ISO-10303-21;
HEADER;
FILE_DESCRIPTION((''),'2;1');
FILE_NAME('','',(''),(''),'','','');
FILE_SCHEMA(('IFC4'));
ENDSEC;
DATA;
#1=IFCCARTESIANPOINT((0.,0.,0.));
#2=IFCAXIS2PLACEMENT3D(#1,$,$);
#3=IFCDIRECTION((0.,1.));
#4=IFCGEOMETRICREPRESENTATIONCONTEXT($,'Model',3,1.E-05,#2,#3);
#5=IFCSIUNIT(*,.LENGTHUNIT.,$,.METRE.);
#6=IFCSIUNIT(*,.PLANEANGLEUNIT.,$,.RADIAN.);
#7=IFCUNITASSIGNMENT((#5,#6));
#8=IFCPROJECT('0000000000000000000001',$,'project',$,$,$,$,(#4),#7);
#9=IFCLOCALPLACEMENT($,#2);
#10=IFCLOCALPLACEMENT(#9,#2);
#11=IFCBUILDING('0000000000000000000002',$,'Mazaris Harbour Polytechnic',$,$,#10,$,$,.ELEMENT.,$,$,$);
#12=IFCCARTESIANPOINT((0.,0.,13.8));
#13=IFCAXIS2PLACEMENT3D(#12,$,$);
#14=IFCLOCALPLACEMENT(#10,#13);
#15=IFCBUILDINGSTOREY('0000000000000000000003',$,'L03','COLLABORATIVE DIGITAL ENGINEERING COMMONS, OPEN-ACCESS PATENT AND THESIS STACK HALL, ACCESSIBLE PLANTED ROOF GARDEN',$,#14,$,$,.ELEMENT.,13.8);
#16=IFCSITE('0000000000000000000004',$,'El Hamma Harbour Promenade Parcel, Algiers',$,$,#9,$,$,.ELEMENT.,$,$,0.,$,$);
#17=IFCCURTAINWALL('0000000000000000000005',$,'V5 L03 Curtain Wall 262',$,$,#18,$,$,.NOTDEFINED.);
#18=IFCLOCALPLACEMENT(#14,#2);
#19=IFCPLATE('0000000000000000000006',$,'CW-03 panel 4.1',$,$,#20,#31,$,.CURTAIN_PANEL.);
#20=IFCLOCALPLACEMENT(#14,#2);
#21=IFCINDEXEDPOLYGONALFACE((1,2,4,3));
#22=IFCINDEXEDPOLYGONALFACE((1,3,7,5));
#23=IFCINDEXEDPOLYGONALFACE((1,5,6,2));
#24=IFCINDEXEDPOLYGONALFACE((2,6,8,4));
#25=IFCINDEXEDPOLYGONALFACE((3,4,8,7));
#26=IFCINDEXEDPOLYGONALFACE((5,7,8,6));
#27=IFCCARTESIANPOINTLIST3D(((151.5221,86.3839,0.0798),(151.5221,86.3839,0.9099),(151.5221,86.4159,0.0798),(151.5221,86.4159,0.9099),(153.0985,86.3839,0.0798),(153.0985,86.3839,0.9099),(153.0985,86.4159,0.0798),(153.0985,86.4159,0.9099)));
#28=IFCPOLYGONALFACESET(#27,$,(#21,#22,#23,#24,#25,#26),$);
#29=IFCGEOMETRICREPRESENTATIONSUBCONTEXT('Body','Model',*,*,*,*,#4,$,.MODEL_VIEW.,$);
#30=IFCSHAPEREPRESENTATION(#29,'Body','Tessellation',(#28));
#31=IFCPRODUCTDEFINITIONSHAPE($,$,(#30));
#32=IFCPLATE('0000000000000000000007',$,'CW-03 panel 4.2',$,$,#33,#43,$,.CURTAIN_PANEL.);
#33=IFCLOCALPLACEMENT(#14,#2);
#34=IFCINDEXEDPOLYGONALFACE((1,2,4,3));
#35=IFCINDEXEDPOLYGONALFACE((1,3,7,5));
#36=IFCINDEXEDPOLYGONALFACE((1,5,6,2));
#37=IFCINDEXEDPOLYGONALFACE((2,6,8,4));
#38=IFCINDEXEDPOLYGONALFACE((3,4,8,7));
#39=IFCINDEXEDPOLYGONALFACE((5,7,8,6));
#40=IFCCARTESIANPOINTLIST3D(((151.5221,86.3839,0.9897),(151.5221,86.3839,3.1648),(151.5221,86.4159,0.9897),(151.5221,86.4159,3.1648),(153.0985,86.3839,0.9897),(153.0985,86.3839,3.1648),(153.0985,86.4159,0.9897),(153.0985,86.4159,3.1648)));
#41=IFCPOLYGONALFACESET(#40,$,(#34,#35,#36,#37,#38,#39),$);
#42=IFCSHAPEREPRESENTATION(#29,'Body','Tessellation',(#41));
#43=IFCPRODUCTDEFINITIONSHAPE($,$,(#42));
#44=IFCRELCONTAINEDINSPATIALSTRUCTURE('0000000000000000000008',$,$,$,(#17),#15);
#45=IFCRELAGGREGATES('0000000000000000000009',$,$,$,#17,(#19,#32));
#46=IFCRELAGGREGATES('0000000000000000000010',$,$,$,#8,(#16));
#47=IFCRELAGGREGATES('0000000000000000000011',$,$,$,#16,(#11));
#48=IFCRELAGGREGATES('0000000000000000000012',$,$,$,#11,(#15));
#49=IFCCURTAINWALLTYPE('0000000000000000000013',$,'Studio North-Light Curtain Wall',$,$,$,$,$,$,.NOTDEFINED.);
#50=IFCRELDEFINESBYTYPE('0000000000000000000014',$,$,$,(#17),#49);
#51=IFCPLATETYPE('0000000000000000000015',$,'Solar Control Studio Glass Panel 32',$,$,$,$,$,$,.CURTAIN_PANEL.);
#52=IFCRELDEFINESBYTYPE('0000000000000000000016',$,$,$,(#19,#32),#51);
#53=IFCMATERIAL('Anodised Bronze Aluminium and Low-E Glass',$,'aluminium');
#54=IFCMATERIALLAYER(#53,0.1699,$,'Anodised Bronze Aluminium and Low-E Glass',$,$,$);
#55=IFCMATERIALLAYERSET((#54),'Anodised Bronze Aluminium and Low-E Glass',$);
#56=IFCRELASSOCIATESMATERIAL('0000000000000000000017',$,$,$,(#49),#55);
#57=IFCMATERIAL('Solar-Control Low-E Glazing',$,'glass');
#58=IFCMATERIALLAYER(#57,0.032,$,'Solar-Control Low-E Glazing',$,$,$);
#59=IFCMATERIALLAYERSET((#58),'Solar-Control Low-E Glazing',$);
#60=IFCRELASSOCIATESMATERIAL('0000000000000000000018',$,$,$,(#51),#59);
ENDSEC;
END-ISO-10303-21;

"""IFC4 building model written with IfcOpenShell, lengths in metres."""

from ifc_helpers import new_model, si_unit, direction, frame, origin, origin_2d, place, context, subcontext, project, spatial, rectangle, extrude, material, layer, layer_set, type_object, element, aggregate, save


model = new_model("IFC4")

# Units and contexts
model_context = context("Model", 3, precision=1e-05, world=origin(), true_north=direction((0.0, 1.0)))
body_context = subcontext(model_context, "Body", "Model", "MODEL_VIEW")
ifc_project = project(units=[si_unit("LENGTHUNIT", "METRE"), si_unit("PLANEANGLEUNIT", "RADIAN")], contexts=[model_context])

# Site, building, storey
site_placement = place(None, origin())
site = spatial("IfcSite", under=ifc_project, at=site_placement, Name="El Hamma Harbour Promenade Parcel, Algiers", CompositionType="ELEMENT", RefElevation=0.0)
building_placement = place(site_placement, origin())
building = spatial("IfcBuilding", under=site, at=building_placement, Name="Mazaris Harbour Polytechnic", CompositionType="ELEMENT")
storey_placement = place(building_placement, frame((0.0, 0.0, 13.8)))
storey = spatial("IfcBuildingStorey", under=building, at=storey_placement, Name="L03", Description="COLLABORATIVE DIGITAL ENGINEERING COMMONS, OPEN-ACCESS PATENT AND THESIS STACK HALL, ACCESSIBLE PLANTED ROOF GARDEN", CompositionType="ELEMENT", Elevation=13.8)

# Curtain wall
ifc_material_1 = material(Name="Anodised Bronze Aluminium and Low-E Glass", Category="aluminium")
ifc_layer_1 = layer(ifc_material_1, 0.1699, Name="Anodised Bronze Aluminium and Low-E Glass")
ifc_layer_set_1 = layer_set([ifc_layer_1], Name="Anodised Bronze Aluminium and Low-E Glass")
curtain_wall_type = type_object("IfcCurtainWallType", Name="Studio North-Light Curtain Wall", PredefinedType="NOTDEFINED", material=ifc_layer_set_1)
curtain_wall_1_placement = place(storey_placement, origin())
curtain_wall_1 = element("IfcCurtainWall", 1, at=curtain_wall_1_placement, inside=storey, type_object=curtain_wall_type, Name="V5 L03 Curtain Wall 262", PredefinedType="NOTDEFINED")

# Plates
ifc_material_2 = material(Name="Solar-Control Low-E Glazing", Category="glass")
ifc_layer_2 = layer(ifc_material_2, 0.032, Name="Solar-Control Low-E Glazing")
ifc_layer_set_2 = layer_set([ifc_layer_2], Name="Solar-Control Low-E Glazing")
plate_type = type_object("IfcPlateType", Name="Solar Control Studio Glass Panel 32", PredefinedType="CURTAIN_PANEL", material=ifc_layer_set_2)
plate_1_placement = place(storey_placement, frame((152.3103, 86.3999, 0.0798), z_axis=(0.0, 0.0, 1.0), x_axis=(-1.0, 0.0, 0.0)))
plate_1 = element("IfcPlate", 2, at=plate_1_placement, type_object=plate_type, Name="CW-03 panel 4.1", PredefinedType="CURTAIN_PANEL", context=body_context, shape_type="SweptSolid", body=[
    extrude(rectangle(XDim=1.5764, YDim=0.032, at=origin_2d()), origin(), (0.0, 0.0, 1.0), 0.8301),
])
plate_2_placement = place(storey_placement, frame((152.3103, 86.3999, 0.9897), z_axis=(0.0, 0.0, 1.0), x_axis=(-1.0, 0.0, 0.0)))
plate_2 = element("IfcPlate", 3, at=plate_2_placement, type_object=plate_type, Name="CW-03 panel 4.2", PredefinedType="CURTAIN_PANEL", context=body_context, shape_type="SweptSolid", body=[
    extrude(rectangle(XDim=1.5764, YDim=0.032, at=origin_2d()), origin(), (0.0, 0.0, 1.0), 2.175),
])
aggregate(curtain_wall_1, [plate_1, plate_2])

save(model, "model.ifc")
